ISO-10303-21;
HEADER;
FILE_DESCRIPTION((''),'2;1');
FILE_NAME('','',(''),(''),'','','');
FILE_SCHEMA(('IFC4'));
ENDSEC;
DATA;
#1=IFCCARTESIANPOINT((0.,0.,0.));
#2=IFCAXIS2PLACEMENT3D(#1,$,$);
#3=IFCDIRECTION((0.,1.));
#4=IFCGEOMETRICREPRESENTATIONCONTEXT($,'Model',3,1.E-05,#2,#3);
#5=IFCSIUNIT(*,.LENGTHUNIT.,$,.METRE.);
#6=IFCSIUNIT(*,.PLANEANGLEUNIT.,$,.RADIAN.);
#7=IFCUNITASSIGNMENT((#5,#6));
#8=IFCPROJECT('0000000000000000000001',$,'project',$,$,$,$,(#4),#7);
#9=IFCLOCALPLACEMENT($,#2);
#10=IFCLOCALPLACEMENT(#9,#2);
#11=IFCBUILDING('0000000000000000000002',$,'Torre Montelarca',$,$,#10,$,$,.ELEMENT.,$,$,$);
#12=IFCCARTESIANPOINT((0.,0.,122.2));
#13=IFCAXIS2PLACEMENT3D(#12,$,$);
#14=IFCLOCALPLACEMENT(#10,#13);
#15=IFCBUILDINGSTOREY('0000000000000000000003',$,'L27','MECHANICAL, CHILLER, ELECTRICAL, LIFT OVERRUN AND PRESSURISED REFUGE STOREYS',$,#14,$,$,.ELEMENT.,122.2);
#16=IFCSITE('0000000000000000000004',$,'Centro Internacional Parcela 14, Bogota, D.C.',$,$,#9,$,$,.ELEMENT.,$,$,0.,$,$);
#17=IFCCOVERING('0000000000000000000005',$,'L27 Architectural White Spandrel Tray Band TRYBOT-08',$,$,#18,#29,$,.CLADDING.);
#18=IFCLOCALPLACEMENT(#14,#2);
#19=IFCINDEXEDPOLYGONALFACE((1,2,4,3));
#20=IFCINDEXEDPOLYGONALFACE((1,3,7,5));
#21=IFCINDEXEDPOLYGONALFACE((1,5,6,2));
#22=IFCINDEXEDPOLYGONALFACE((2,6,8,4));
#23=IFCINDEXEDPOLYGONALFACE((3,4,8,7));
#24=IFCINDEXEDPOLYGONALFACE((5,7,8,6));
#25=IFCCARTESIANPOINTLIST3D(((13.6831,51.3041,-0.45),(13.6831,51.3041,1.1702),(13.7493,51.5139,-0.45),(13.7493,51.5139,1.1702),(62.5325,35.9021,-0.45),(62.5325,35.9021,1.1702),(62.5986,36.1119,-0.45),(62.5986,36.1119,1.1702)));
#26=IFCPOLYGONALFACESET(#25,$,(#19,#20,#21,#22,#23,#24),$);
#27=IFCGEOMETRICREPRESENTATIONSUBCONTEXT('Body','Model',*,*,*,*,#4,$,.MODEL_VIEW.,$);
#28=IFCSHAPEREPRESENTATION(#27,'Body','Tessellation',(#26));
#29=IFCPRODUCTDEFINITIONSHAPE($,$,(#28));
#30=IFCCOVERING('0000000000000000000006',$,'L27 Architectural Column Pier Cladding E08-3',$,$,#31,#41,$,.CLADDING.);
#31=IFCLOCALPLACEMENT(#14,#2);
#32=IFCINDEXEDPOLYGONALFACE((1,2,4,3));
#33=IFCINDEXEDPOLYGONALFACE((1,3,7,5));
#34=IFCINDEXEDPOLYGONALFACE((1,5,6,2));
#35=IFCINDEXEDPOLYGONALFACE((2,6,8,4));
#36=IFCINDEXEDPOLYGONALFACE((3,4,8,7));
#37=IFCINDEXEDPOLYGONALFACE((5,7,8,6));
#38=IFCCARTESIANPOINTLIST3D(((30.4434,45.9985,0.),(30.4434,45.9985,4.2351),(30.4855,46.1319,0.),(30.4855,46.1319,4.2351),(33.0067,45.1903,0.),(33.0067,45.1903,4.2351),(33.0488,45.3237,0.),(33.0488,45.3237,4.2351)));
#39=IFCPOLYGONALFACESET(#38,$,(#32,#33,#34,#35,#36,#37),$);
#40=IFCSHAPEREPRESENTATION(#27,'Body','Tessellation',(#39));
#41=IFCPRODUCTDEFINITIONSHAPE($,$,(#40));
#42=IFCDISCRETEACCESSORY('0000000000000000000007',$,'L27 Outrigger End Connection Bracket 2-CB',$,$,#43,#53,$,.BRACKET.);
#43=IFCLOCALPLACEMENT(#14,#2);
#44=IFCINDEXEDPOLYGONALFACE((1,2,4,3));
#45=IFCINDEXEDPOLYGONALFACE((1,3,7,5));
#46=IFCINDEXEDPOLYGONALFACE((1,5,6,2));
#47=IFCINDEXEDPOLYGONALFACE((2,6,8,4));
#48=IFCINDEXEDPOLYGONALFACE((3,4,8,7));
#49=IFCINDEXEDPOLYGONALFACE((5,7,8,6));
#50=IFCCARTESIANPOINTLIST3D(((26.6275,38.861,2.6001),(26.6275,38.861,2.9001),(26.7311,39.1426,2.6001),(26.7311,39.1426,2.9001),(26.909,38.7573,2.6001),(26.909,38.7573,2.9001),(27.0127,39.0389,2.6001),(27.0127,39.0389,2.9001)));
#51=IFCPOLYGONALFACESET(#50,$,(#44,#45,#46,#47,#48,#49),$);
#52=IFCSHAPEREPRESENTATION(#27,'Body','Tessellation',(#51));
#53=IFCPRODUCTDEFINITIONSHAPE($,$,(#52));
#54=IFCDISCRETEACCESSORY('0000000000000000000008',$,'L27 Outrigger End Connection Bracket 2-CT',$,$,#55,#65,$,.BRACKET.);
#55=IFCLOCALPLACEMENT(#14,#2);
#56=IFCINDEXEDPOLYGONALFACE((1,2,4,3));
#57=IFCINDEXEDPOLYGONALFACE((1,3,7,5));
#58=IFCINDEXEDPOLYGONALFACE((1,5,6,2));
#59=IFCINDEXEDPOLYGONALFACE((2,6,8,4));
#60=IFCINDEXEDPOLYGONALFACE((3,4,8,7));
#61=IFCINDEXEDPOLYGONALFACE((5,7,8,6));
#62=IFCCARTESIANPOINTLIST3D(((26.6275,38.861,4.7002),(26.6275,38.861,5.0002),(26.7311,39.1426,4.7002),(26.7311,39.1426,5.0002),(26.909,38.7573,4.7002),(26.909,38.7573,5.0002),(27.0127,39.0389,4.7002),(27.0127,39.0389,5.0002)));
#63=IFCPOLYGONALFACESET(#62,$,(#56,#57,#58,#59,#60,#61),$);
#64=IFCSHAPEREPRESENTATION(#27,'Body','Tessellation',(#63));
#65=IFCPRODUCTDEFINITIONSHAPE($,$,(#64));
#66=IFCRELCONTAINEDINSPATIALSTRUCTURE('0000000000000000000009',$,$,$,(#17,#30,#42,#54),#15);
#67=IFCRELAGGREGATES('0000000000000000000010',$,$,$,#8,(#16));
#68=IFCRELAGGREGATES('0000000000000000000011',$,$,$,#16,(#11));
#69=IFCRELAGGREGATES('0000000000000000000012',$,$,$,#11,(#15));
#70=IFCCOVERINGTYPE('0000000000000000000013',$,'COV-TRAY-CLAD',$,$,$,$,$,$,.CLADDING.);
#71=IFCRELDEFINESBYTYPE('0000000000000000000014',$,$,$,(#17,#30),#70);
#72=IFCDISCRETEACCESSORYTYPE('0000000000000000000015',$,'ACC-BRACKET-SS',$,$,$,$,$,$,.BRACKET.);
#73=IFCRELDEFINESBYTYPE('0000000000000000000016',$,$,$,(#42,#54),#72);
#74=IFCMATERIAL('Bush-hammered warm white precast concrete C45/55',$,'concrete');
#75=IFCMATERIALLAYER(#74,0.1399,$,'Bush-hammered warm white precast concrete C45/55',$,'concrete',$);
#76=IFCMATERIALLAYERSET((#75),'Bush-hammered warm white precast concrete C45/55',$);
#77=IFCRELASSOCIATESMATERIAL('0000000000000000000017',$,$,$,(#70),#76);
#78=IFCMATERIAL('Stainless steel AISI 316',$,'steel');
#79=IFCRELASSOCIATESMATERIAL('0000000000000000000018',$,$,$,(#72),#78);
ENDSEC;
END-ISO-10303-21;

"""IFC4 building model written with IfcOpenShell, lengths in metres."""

from ifc_helpers import new_model, si_unit, direction, frame, origin, origin_2d, place, context, subcontext, project, spatial, rectangle, extrude, source, transform, mapped, material, layer, layer_set, type_object, element, save


model = new_model("IFC4")

# Units and contexts
model_context = context("Model", 3, precision=1e-05, world=origin(), true_north=direction((0.0, 1.0)))
body_context = subcontext(model_context, "Body", "Model", "MODEL_VIEW")
ifc_project = project(units=[si_unit("LENGTHUNIT", "METRE"), si_unit("PLANEANGLEUNIT", "RADIAN")], contexts=[model_context])

# Site, building, storey
site_placement = place(None, origin())
site = spatial("IfcSite", under=ifc_project, at=site_placement, Name="Centro Internacional Parcela 14, Bogota, D.C.", CompositionType="ELEMENT", RefElevation=0.0)
building_placement = place(site_placement, origin())
building = spatial("IfcBuilding", under=site, at=building_placement, Name="Torre Montelarca", CompositionType="ELEMENT")
storey_placement = place(building_placement, frame((0.0, 0.0, 122.2)))
storey = spatial("IfcBuildingStorey", under=building, at=storey_placement, Name="L27", Description="MECHANICAL, CHILLER, ELECTRICAL, LIFT OVERRUN AND PRESSURISED REFUGE STOREYS", CompositionType="ELEMENT", Elevation=122.2)

# Coverings
ifc_material_1 = material(Name="Bush-hammered warm white precast concrete C45/55", Category="concrete")
ifc_layer_1 = layer(ifc_material_1, 0.1399, Name="Bush-hammered warm white precast concrete C45/55", Category="concrete")
ifc_layer_set_1 = layer_set([ifc_layer_1], Name="Bush-hammered warm white precast concrete C45/55")
covering_type = type_object("IfcCoveringType", Name="COV-TRAY-CLAD", PredefinedType="CLADDING", material=ifc_layer_set_1)
shared_shape_1 = source(origin(), body_context, "Body", "SweptSolid", [
    extrude(rectangle(XDim=51.22, YDim=0.22, at=origin_2d()), origin(), (0.0, 0.0, 1.0), 1.6201),
])
covering_1_placement = place(storey_placement, frame((38.1409, 43.708, -0.45), z_axis=(0.0, 0.0, 1.0), x_axis=(-0.953717, 0.300704, 0.0)))
element("IfcCovering", 1, at=covering_1_placement, inside=storey, type_object=covering_type, Name="L27 Architectural White Spandrel Tray Band TRYBOT-08", PredefinedType="CLADDING", context=body_context, shape_type="MappedRepresentation", body=[
    mapped(shared_shape_1, transform((0.0, 0.0, 0.0), scale=1.0)),
])
shared_shape_2 = source(origin(), body_context, "Body", "SweptSolid", [
    extrude(rectangle(XDim=2.6877, YDim=0.1399, at=origin_2d()), origin(), (0.0, 0.0, 1.0), 4.2351),
])
covering_2_placement = place(storey_placement, frame((31.7461, 45.6611, 0.0), z_axis=(0.0, 0.0, 1.0), x_axis=(-0.953717, 0.300704, 0.0)))
element("IfcCovering", 2, at=covering_2_placement, inside=storey, type_object=covering_type, Name="L27 Architectural Column Pier Cladding E08-3", PredefinedType="CLADDING", context=body_context, shape_type="MappedRepresentation", body=[
    mapped(shared_shape_2, transform((0.0, 0.0, 0.0), scale=1.0)),
])

# Discrete accessories
ifc_material_2 = material(Name="Stainless steel AISI 316", Category="steel")
discrete_accessory_type = type_object("IfcDiscreteAccessoryType", Name="ACC-BRACKET-SS", PredefinedType="BRACKET", material=ifc_material_2)
shared_shape_3 = source(origin(), body_context, "Body", "SweptSolid", [
    extrude(rectangle(XDim=0.3, YDim=0.3, at=origin_2d()), origin(), (0.0, 0.0, 1.0), 0.3),
])
for number, where, z_axis, x_axis, name in (
    (3, (26.8201, 38.95, 2.6001), (0.0, 0.0, 1.0), (-0.938433, 0.345462, 0.0), "L27 Outrigger End Connection Bracket 2-CB"),
    (4, (26.8201, 38.95, 4.7002), (0.0, 0.0, 1.0), (-0.938433, 0.345462, 0.0), "L27 Outrigger End Connection Bracket 2-CT"),
):
    element("IfcDiscreteAccessory", number, at=place(storey_placement, frame(where, z_axis=z_axis, x_axis=x_axis)), inside=storey, type_object=discrete_accessory_type, Name=name, PredefinedType="BRACKET", context=body_context, shape_type="MappedRepresentation", body=[
        mapped(shared_shape_3, transform((0.0, 0.0, 0.0), scale=1.0)),
    ])

save(model, "model.ifc")
